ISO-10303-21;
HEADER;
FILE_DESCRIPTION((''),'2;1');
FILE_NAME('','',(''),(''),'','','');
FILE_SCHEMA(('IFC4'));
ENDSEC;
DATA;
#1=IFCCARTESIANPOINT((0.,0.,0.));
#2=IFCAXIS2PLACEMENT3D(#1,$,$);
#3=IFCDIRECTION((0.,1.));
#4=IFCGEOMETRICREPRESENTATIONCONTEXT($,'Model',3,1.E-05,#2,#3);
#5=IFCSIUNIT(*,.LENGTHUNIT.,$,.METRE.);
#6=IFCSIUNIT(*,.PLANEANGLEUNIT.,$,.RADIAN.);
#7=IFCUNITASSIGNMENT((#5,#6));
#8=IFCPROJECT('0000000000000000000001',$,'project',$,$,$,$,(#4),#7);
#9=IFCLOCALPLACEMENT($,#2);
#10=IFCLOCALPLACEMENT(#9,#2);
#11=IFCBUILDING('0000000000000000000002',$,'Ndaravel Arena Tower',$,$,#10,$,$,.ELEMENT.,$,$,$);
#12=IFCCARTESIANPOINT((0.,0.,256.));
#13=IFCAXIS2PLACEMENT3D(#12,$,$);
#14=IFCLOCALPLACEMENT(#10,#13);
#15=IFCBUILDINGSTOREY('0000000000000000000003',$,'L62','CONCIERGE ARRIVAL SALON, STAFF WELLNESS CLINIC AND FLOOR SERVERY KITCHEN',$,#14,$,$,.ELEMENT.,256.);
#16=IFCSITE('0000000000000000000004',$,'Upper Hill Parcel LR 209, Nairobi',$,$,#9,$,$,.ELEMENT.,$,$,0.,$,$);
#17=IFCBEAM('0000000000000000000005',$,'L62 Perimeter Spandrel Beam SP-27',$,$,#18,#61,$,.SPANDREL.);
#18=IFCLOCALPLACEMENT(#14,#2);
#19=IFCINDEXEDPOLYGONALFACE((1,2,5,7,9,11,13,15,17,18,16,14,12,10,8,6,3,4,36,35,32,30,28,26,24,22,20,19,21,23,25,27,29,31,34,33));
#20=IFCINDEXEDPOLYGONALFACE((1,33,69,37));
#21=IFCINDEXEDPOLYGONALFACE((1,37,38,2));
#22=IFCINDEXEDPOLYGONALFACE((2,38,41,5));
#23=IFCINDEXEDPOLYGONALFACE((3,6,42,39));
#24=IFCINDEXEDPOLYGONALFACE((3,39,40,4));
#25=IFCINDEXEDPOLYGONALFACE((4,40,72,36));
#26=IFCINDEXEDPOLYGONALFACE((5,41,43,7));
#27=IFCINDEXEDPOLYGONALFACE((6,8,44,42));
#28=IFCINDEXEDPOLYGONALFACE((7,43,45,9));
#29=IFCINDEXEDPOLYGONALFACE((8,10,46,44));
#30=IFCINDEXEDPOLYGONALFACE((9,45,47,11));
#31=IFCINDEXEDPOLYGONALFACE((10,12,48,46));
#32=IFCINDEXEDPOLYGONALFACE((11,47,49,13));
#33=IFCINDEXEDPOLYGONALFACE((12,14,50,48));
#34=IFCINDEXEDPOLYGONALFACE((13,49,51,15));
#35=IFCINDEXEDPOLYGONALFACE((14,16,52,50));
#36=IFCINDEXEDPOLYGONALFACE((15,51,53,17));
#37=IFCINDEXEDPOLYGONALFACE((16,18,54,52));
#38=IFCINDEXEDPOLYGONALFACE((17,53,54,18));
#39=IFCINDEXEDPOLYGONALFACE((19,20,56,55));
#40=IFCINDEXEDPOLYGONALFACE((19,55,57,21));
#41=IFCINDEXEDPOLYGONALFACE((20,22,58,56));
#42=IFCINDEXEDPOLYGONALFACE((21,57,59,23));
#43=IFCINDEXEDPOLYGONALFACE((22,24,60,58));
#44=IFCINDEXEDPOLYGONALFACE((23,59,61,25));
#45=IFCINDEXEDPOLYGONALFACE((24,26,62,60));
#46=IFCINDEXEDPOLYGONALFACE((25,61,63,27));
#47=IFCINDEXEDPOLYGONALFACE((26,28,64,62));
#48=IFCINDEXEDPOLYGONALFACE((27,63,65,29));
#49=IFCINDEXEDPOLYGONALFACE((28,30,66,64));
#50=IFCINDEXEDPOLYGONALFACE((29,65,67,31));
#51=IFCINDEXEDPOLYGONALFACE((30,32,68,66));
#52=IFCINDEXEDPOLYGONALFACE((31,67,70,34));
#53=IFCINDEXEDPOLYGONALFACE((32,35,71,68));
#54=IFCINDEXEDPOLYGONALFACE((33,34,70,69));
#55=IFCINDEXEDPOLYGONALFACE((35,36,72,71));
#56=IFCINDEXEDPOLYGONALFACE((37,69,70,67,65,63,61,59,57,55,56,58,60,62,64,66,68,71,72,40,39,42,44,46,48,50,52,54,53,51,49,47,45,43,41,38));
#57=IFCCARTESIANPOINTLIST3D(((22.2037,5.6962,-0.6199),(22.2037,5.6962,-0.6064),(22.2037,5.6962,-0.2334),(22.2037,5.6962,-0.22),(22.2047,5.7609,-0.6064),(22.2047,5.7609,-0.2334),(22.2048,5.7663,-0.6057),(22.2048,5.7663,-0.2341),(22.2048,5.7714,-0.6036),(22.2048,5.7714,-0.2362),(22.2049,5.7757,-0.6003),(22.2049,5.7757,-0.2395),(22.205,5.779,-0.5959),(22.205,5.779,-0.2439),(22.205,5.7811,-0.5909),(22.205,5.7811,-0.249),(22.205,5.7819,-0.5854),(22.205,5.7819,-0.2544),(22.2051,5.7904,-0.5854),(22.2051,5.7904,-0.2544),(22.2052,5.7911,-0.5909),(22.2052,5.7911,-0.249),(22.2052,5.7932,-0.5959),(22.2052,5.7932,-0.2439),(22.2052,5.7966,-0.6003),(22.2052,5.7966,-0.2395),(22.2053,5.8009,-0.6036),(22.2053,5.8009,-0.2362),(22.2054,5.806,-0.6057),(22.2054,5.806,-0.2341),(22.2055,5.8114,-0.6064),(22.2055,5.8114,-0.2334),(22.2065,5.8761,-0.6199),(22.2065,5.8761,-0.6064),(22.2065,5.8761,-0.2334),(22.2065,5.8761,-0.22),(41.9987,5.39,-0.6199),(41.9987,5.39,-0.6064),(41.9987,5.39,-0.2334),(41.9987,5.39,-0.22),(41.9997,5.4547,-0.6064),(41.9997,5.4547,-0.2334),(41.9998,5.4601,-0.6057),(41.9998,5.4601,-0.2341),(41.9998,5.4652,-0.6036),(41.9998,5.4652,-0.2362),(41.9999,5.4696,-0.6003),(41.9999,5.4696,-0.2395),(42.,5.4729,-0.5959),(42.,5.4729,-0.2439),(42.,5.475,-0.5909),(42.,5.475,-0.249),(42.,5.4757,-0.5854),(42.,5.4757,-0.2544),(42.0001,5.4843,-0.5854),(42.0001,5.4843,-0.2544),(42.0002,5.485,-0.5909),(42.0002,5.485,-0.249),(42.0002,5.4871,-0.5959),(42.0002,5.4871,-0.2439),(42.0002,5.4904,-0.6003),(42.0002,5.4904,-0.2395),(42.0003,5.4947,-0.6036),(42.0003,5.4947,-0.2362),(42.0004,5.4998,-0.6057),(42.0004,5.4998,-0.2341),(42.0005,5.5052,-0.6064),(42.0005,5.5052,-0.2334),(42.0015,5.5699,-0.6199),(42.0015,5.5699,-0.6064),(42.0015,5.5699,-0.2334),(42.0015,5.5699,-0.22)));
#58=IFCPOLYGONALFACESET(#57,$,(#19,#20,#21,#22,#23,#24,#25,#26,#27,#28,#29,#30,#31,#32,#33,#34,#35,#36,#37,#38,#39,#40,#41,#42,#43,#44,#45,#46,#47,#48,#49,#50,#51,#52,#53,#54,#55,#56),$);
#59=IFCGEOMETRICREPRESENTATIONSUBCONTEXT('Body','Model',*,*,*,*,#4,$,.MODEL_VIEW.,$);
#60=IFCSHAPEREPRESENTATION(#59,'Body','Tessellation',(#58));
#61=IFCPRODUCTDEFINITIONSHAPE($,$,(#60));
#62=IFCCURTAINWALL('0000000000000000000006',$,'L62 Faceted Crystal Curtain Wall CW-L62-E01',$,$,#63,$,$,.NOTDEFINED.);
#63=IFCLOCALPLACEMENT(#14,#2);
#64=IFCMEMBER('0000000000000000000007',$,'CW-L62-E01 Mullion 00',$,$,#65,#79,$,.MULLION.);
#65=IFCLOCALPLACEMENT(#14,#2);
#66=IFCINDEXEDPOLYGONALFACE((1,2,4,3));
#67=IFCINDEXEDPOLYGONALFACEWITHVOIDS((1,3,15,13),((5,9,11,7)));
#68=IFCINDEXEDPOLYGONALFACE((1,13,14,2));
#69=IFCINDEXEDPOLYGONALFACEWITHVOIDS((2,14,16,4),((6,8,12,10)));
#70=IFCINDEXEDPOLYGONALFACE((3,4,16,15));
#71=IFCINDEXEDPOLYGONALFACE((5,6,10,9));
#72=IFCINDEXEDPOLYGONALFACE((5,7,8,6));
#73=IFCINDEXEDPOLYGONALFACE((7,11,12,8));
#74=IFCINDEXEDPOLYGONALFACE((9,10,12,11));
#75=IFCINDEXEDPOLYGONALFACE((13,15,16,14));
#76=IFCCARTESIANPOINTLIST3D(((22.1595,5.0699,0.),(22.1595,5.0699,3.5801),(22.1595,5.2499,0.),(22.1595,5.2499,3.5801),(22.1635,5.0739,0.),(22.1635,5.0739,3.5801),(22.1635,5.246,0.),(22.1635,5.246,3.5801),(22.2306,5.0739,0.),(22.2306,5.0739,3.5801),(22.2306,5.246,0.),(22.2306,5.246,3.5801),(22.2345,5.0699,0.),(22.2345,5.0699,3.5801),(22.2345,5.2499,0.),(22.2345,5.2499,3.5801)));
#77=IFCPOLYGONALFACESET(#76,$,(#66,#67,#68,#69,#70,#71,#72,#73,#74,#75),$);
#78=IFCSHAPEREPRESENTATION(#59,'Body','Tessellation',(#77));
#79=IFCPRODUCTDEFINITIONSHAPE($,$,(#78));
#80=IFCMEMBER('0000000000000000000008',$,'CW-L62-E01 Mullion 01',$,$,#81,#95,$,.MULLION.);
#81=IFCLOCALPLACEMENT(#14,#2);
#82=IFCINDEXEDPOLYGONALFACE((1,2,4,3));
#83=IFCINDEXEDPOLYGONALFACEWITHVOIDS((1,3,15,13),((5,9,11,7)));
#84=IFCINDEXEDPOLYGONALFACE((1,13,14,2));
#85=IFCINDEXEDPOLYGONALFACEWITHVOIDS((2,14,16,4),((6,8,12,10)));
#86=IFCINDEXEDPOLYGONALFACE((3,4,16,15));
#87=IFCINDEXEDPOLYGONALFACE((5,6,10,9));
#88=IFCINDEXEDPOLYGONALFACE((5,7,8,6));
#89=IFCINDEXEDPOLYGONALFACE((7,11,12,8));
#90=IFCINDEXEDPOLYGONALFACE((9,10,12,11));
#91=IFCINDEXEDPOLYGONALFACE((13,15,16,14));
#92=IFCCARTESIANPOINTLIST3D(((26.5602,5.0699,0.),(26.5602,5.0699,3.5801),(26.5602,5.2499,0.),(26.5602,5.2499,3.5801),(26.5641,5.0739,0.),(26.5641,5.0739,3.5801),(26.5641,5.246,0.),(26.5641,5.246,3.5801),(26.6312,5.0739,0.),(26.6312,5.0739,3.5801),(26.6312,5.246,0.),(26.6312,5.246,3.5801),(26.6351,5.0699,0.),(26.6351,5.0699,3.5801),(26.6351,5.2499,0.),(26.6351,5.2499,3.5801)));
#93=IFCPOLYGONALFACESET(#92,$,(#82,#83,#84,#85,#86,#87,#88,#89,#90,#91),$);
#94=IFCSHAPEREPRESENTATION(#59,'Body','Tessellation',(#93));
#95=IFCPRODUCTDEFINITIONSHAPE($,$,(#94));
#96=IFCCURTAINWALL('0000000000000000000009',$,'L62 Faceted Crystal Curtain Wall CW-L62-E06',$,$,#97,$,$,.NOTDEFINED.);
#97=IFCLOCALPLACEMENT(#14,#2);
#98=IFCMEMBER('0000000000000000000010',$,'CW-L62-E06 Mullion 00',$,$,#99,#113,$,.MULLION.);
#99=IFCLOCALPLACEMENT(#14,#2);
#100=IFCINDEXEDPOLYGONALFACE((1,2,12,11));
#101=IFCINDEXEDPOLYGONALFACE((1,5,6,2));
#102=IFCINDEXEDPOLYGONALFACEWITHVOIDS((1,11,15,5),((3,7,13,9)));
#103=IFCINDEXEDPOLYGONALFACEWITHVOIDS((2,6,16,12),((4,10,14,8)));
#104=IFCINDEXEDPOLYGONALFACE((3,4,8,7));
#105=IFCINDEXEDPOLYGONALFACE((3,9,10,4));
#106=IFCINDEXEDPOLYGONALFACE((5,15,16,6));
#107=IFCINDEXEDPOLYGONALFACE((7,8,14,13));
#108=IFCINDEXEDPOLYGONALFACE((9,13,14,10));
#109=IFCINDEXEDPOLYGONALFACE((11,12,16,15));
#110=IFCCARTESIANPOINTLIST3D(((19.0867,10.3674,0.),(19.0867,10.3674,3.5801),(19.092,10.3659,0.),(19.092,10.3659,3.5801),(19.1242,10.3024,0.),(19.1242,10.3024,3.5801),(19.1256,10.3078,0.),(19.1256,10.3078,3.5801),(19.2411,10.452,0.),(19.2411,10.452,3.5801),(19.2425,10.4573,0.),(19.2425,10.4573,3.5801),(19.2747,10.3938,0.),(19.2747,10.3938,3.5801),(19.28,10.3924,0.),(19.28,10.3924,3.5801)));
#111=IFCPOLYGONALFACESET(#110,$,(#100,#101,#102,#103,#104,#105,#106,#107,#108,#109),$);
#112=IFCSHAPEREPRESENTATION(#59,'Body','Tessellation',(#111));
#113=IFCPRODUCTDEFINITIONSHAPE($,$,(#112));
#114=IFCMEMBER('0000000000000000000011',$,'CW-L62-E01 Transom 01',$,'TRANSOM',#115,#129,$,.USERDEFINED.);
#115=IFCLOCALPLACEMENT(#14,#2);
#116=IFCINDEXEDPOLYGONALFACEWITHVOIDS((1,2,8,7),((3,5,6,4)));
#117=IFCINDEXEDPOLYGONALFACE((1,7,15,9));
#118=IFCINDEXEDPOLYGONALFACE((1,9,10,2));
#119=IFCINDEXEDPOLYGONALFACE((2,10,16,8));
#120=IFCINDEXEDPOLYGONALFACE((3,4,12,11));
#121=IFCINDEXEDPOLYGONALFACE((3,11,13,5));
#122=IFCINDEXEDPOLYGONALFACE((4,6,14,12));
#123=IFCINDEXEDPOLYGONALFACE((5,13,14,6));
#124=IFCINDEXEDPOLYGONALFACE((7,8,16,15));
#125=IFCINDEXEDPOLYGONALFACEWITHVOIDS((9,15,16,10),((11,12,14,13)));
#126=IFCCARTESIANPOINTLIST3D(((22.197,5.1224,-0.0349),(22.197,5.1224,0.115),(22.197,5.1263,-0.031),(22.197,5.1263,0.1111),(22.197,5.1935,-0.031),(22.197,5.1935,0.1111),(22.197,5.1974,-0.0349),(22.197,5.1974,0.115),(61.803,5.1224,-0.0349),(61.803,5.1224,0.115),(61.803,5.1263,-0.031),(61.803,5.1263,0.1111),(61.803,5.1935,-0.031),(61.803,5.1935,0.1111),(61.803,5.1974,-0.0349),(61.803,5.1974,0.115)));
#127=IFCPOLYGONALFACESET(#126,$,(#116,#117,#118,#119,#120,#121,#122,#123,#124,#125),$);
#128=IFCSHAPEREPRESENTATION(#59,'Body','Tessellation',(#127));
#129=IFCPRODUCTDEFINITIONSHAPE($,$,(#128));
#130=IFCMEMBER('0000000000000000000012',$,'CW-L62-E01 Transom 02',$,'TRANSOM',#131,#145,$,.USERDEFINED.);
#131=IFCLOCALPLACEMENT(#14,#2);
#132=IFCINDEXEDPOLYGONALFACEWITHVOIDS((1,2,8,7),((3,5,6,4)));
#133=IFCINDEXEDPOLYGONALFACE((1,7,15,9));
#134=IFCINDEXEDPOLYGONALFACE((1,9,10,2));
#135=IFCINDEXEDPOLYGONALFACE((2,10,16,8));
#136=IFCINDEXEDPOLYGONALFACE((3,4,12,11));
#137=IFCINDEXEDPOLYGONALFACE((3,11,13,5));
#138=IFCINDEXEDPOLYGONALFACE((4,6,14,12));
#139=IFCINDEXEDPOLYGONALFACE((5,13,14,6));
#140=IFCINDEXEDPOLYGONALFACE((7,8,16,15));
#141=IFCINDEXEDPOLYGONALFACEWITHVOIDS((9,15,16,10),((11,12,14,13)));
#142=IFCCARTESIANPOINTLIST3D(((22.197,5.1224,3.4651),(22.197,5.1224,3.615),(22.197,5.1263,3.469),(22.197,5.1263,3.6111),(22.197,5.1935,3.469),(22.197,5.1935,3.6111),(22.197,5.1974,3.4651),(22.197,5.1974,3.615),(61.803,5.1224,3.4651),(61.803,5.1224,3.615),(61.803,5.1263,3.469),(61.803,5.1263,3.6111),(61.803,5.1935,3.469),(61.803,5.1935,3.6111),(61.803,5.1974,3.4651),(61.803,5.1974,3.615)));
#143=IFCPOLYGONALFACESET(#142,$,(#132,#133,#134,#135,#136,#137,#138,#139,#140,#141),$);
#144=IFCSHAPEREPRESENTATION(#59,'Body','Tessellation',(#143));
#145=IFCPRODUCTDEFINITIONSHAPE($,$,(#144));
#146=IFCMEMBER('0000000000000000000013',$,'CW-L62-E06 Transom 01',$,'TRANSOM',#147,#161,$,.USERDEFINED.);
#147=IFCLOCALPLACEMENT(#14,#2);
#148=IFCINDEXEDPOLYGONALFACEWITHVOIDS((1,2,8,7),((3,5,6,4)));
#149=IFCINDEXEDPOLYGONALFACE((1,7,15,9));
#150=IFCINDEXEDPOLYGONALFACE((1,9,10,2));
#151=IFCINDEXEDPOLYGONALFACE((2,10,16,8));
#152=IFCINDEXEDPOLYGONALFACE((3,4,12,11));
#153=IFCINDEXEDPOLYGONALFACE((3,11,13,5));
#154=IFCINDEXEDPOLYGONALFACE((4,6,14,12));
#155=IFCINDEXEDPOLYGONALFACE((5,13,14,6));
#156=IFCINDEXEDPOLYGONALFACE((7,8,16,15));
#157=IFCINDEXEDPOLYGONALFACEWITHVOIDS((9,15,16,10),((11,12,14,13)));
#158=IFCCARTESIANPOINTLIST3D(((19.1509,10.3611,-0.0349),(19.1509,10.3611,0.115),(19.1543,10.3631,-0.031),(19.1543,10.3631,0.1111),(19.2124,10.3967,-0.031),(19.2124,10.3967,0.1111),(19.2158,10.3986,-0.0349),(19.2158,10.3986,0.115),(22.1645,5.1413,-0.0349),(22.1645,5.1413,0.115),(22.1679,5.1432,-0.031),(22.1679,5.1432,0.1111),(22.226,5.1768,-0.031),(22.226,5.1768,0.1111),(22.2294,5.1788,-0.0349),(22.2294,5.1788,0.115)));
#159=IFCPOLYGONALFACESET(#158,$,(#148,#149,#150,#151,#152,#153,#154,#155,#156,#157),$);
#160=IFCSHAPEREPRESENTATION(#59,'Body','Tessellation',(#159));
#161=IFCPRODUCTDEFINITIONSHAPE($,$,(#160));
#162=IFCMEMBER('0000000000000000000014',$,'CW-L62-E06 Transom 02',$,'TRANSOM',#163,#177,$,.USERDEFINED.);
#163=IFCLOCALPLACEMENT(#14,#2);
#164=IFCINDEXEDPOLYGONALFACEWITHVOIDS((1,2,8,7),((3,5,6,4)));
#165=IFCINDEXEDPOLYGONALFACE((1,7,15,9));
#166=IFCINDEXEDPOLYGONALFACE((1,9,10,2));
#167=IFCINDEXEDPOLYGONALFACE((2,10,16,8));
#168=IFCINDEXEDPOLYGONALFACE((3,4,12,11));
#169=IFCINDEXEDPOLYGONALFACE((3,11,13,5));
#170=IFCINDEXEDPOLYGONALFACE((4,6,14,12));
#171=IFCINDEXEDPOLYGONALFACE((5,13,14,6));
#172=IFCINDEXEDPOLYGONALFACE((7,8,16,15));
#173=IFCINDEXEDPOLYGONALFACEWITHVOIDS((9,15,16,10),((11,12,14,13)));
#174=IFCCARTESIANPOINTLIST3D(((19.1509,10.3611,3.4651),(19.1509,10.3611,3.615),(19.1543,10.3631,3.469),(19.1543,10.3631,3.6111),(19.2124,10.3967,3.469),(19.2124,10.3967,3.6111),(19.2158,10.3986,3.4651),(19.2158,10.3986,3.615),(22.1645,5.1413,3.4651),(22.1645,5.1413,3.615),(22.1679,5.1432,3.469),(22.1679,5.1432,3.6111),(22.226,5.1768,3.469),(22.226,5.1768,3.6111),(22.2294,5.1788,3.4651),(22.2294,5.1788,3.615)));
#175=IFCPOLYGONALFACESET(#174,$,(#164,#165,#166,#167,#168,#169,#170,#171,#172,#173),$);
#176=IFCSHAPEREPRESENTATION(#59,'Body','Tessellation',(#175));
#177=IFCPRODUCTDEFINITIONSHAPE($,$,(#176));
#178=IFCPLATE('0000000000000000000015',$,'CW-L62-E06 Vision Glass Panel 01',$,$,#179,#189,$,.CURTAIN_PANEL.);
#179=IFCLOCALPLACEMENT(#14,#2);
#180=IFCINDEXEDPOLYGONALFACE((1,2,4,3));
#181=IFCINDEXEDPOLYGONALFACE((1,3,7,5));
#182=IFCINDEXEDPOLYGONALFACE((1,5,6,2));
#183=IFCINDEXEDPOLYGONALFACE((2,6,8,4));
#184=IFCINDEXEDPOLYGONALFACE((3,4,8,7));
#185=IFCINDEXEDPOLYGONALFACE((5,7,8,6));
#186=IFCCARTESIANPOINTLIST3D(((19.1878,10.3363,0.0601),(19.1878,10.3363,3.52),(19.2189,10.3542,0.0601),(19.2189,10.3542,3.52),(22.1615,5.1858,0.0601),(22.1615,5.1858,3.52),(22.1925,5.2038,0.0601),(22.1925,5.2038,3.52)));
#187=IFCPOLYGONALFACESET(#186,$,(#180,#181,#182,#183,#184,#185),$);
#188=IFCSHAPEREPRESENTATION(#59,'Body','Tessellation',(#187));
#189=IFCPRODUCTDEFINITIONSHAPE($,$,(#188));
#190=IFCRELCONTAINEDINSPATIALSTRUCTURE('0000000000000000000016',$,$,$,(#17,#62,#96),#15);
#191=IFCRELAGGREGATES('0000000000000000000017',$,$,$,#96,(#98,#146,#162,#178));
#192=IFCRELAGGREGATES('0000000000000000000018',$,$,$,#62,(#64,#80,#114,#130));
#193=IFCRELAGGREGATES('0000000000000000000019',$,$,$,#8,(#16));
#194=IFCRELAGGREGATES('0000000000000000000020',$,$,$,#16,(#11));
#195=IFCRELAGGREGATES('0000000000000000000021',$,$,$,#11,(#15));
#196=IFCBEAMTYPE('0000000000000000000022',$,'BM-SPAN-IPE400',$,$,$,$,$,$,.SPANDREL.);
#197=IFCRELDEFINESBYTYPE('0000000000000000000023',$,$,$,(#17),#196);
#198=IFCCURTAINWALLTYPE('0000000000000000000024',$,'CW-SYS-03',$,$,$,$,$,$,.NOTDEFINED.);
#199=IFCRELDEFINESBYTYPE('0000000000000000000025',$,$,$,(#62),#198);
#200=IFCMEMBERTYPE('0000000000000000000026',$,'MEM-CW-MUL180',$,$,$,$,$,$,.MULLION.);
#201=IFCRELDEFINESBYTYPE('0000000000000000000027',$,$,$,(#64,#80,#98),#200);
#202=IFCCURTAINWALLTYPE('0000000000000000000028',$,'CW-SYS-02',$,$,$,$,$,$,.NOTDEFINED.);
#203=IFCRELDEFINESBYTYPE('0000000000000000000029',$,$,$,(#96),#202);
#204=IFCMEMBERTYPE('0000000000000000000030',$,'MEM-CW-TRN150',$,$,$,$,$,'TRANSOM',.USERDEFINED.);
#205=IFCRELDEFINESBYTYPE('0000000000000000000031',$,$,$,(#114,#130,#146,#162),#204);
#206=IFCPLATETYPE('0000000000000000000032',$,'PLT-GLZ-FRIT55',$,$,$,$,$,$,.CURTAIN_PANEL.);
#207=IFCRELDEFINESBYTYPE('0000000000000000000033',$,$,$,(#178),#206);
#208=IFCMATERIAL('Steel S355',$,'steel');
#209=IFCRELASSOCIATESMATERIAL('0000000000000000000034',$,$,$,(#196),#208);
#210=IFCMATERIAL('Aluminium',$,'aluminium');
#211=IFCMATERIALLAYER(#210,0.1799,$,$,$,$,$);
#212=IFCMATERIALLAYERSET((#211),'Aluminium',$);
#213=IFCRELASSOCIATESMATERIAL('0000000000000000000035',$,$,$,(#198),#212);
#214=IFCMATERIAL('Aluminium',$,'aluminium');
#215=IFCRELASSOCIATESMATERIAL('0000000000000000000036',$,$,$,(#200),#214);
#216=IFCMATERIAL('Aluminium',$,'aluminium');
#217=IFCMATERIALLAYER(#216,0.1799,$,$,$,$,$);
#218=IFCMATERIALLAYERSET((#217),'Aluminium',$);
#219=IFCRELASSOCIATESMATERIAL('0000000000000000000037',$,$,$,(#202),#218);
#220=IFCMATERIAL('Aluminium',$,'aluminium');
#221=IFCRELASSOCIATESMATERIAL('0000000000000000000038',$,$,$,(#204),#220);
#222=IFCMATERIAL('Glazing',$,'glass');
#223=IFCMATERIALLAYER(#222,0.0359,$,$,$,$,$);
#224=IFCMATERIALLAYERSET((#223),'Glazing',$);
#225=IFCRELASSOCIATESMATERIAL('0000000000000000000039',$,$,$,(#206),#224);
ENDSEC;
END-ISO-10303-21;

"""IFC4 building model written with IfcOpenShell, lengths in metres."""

from ifc_helpers import new_model, si_unit, direction, frame, origin, origin_2d, place, context, subcontext, project, spatial, rectangle, hollow_rectangle, i_section, extrude, material, layer, layer_set, material_profile, profile_set, type_object, element, aggregate, save


model = new_model("IFC4")

# Units and contexts
model_context = context("Model", 3, precision=1e-05, world=origin(), true_north=direction((0.0, 1.0)))
body_context = subcontext(model_context, "Body", "Model", "MODEL_VIEW")
ifc_project = project(units=[si_unit("LENGTHUNIT", "METRE"), si_unit("PLANEANGLEUNIT", "RADIAN")], contexts=[model_context])

# Site, building, storey
site_placement = place(None, origin())
site = spatial("IfcSite", under=ifc_project, at=site_placement, Name="Upper Hill Parcel LR 209, Nairobi", CompositionType="ELEMENT", RefElevation=0.0)
building_placement = place(site_placement, origin())
building = spatial("IfcBuilding", under=site, at=building_placement, Name="Ndaravel Arena Tower", CompositionType="ELEMENT")
storey_placement = place(building_placement, frame((0.0, 0.0, 256.0)))
storey = spatial("IfcBuildingStorey", under=building, at=storey_placement, Name="L62", Description="CONCIERGE ARRIVAL SALON, STAFF WELLNESS CLINIC AND FLOOR SERVERY KITCHEN", CompositionType="ELEMENT", Elevation=256.0)

# Beam
ifc_material_1 = material(Name="Steel S355", Category="steel")
ifc_material_profile_1 = material_profile(ifc_material_1, i_section(OverallWidth=0.1799, OverallDepth=0.3999, WebThickness=0.0085, FlangeThickness=0.0134, FilletRadius=0.021, at=origin_2d()), Name="IPE 400")
ifc_profile_set_1 = profile_set([ifc_material_profile_1], Name="Steel S355")
beam_type = type_object("IfcBeamType", Name="BM-SPAN-IPE400", PredefinedType="SPANDREL", material=ifc_profile_set_1)
beam_1_placement = place(storey_placement, frame((22.2051, 5.7861, -0.4199), z_axis=(0.99988, -0.015464, 0.0), x_axis=(0.015464, 0.99988, 0.0)))
element("IfcBeam", 1, at=beam_1_placement, inside=storey, type_object=beam_type, Name="L62 Perimeter Spandrel Beam SP-27", PredefinedType="SPANDREL", context=body_context, shape_type="SweptSolid", body=[
    extrude(i_section(OverallWidth=0.1799, OverallDepth=0.3999, WebThickness=0.0085, FlangeThickness=0.0134, FilletRadius=0.021, at=origin_2d()), origin(), (0.0, 0.0, 1.0), 19.7974),
])

# Curtain wall, members
ifc_material_2 = material(Name="Aluminium", Category="aluminium")
ifc_layer_1 = layer(ifc_material_2, 0.1799)
ifc_layer_set_1 = layer_set([ifc_layer_1], Name="Aluminium")
curtain_wall_type_1 = type_object("IfcCurtainWallType", Name="CW-SYS-03", PredefinedType="NOTDEFINED", material=ifc_layer_set_1)
curtain_wall_1_placement = place(storey_placement, origin())
curtain_wall_1 = element("IfcCurtainWall", 2, at=curtain_wall_1_placement, inside=storey, type_object=curtain_wall_type_1, Name="L62 Faceted Crystal Curtain Wall CW-L62-E01", PredefinedType="NOTDEFINED")
ifc_material_3 = material(Name="Aluminium", Category="aluminium")
ifc_material_profile_2 = material_profile(ifc_material_3, hollow_rectangle(XDim=0.075, YDim=0.1799, WallThickness=0.0039, at=origin_2d()), Name="CW MULLION 75x180x4")
ifc_profile_set_2 = profile_set([ifc_material_profile_2], Name="Aluminium")
member_type_1 = type_object("IfcMemberType", Name="MEM-CW-MUL180", PredefinedType="MULLION", material=ifc_profile_set_2)
member_1_placement = place(storey_placement, frame((22.197, 5.1599, 0.0), z_axis=(0.0, 0.0, 1.0), x_axis=(1.0, 0.0, 0.0)))
member_1 = element("IfcMember", 3, at=member_1_placement, type_object=member_type_1, Name="CW-L62-E01 Mullion 00", PredefinedType="MULLION", context=body_context, shape_type="SweptSolid", body=[
    extrude(hollow_rectangle(XDim=0.075, YDim=0.1799, WallThickness=0.0039, at=origin_2d()), origin(), (0.0, 0.0, 1.0), 3.5801),
])
member_2_placement = place(storey_placement, frame((26.5977, 5.1599, 0.0), z_axis=(0.0, 0.0, 1.0), x_axis=(1.0, 0.0, 0.0)))
member_2 = element("IfcMember", 4, at=member_2_placement, type_object=member_type_1, Name="CW-L62-E01 Mullion 01", PredefinedType="MULLION", context=body_context, shape_type="SweptSolid", body=[
    extrude(hollow_rectangle(XDim=0.075, YDim=0.1799, WallThickness=0.0039, at=origin_2d()), origin(), (0.0, 0.0, 1.0), 3.5801),
])

# Curtain wall, member
ifc_material_4 = material(Name="Aluminium", Category="aluminium")
ifc_layer_2 = layer(ifc_material_4, 0.1799)
ifc_layer_set_2 = layer_set([ifc_layer_2], Name="Aluminium")
curtain_wall_type_2 = type_object("IfcCurtainWallType", Name="CW-SYS-02", PredefinedType="NOTDEFINED", material=ifc_layer_set_2)
curtain_wall_2_placement = place(storey_placement, origin())
curtain_wall_2 = element("IfcCurtainWall", 5, at=curtain_wall_2_placement, inside=storey, type_object=curtain_wall_type_2, Name="L62 Faceted Crystal Curtain Wall CW-L62-E06", PredefinedType="NOTDEFINED")
member_3_placement = place(storey_placement, frame((19.1833, 10.3799, 0.0), z_axis=(0.0, 0.0, 1.0), x_axis=(0.5, -0.866025, 0.0)))
member_3 = element("IfcMember", 6, at=member_3_placement, type_object=member_type_1, Name="CW-L62-E06 Mullion 00", PredefinedType="MULLION", context=body_context, shape_type="SweptSolid", body=[
    extrude(hollow_rectangle(XDim=0.075, YDim=0.1799, WallThickness=0.0039, at=origin_2d()), origin(), (0.0, 0.0, 1.0), 3.5801),
])

# Members
ifc_material_5 = material(Name="Aluminium", Category="aluminium")
ifc_material_profile_3 = material_profile(ifc_material_5, hollow_rectangle(XDim=0.075, YDim=0.1499, WallThickness=0.0039, at=origin_2d()), Name="CW TRANSOM 75x150x4")
ifc_profile_set_3 = profile_set([ifc_material_profile_3], Name="Aluminium")
member_type_2 = type_object("IfcMemberType", Name="MEM-CW-TRN150", ElementType="TRANSOM", PredefinedType="USERDEFINED", material=ifc_profile_set_3)
member_4_placement = place(storey_placement, frame((22.197, 5.1599, 0.04), z_axis=(1.0, 0.0, 0.0), x_axis=(0.0, 1.0, 0.0)))
member_4 = element("IfcMember", 7, at=member_4_placement, type_object=member_type_2, Name="CW-L62-E01 Transom 01", ObjectType="TRANSOM", PredefinedType="USERDEFINED", context=body_context, shape_type="SweptSolid", body=[
    extrude(hollow_rectangle(XDim=0.075, YDim=0.1499, WallThickness=0.0039, at=origin_2d()), origin(), (0.0, 0.0, 1.0), 39.606),
])
member_5_placement = place(storey_placement, frame((22.197, 5.1599, 3.54), z_axis=(1.0, 0.0, 0.0), x_axis=(0.0, 1.0, 0.0)))
member_5 = element("IfcMember", 8, at=member_5_placement, type_object=member_type_2, Name="CW-L62-E01 Transom 02", ObjectType="TRANSOM", PredefinedType="USERDEFINED", context=body_context, shape_type="SweptSolid", body=[
    extrude(hollow_rectangle(XDim=0.075, YDim=0.1499, WallThickness=0.0039, at=origin_2d()), origin(), (0.0, 0.0, 1.0), 39.606),
])
member_6_placement = place(storey_placement, frame((19.1833, 10.3799, 0.04), z_axis=(0.49999, -0.866031, 0.0), x_axis=(0.866031, 0.49999, 0.0)))
member_6 = element("IfcMember", 9, at=member_6_placement, type_object=member_type_2, Name="CW-L62-E06 Transom 01", ObjectType="TRANSOM", PredefinedType="USERDEFINED", context=body_context, shape_type="SweptSolid", body=[
    extrude(hollow_rectangle(XDim=0.075, YDim=0.1499, WallThickness=0.0039, at=origin_2d()), origin(), (0.0, 0.0, 1.0), 6.0273),
])
member_7_placement = place(storey_placement, frame((19.1833, 10.3799, 3.54), z_axis=(0.49999, -0.866031, 0.0), x_axis=(0.866031, 0.49999, 0.0)))
member_7 = element("IfcMember", 10, at=member_7_placement, type_object=member_type_2, Name="CW-L62-E06 Transom 02", ObjectType="TRANSOM", PredefinedType="USERDEFINED", context=body_context, shape_type="SweptSolid", body=[
    extrude(hollow_rectangle(XDim=0.075, YDim=0.1499, WallThickness=0.0039, at=origin_2d()), origin(), (0.0, 0.0, 1.0), 6.0273),
])

# Plate
ifc_material_6 = material(Name="Glazing", Category="glass")
ifc_layer_3 = layer(ifc_material_6, 0.0359)
ifc_layer_set_3 = layer_set([ifc_layer_3], Name="Glazing")
plate_type_1 = type_object("IfcPlateType", Name="PLT-GLZ-FRIT55", PredefinedType="CURTAIN_PANEL", material=ifc_layer_set_3)
plate_1_placement = place(storey_placement, frame((20.6902, 7.77, 0.0601), z_axis=(0.0, 0.0, 1.0), x_axis=(0.5, -0.866025, 0.0)))
plate_1 = element("IfcPlate", 11, at=plate_1_placement, type_object=plate_type_1, Name="CW-L62-E06 Vision Glass Panel 01", PredefinedType="CURTAIN_PANEL", context=body_context, shape_type="SweptSolid", body=[
    extrude(rectangle(XDim=5.9473, YDim=0.0359, at=origin_2d()), origin(), (0.0, 0.0, 1.0), 3.46),
])
aggregate(curtain_wall_2, [member_3, member_6, member_7, plate_1])
aggregate(curtain_wall_1, [member_1, member_2, member_4, member_5])

save(model, "model.ifc")
